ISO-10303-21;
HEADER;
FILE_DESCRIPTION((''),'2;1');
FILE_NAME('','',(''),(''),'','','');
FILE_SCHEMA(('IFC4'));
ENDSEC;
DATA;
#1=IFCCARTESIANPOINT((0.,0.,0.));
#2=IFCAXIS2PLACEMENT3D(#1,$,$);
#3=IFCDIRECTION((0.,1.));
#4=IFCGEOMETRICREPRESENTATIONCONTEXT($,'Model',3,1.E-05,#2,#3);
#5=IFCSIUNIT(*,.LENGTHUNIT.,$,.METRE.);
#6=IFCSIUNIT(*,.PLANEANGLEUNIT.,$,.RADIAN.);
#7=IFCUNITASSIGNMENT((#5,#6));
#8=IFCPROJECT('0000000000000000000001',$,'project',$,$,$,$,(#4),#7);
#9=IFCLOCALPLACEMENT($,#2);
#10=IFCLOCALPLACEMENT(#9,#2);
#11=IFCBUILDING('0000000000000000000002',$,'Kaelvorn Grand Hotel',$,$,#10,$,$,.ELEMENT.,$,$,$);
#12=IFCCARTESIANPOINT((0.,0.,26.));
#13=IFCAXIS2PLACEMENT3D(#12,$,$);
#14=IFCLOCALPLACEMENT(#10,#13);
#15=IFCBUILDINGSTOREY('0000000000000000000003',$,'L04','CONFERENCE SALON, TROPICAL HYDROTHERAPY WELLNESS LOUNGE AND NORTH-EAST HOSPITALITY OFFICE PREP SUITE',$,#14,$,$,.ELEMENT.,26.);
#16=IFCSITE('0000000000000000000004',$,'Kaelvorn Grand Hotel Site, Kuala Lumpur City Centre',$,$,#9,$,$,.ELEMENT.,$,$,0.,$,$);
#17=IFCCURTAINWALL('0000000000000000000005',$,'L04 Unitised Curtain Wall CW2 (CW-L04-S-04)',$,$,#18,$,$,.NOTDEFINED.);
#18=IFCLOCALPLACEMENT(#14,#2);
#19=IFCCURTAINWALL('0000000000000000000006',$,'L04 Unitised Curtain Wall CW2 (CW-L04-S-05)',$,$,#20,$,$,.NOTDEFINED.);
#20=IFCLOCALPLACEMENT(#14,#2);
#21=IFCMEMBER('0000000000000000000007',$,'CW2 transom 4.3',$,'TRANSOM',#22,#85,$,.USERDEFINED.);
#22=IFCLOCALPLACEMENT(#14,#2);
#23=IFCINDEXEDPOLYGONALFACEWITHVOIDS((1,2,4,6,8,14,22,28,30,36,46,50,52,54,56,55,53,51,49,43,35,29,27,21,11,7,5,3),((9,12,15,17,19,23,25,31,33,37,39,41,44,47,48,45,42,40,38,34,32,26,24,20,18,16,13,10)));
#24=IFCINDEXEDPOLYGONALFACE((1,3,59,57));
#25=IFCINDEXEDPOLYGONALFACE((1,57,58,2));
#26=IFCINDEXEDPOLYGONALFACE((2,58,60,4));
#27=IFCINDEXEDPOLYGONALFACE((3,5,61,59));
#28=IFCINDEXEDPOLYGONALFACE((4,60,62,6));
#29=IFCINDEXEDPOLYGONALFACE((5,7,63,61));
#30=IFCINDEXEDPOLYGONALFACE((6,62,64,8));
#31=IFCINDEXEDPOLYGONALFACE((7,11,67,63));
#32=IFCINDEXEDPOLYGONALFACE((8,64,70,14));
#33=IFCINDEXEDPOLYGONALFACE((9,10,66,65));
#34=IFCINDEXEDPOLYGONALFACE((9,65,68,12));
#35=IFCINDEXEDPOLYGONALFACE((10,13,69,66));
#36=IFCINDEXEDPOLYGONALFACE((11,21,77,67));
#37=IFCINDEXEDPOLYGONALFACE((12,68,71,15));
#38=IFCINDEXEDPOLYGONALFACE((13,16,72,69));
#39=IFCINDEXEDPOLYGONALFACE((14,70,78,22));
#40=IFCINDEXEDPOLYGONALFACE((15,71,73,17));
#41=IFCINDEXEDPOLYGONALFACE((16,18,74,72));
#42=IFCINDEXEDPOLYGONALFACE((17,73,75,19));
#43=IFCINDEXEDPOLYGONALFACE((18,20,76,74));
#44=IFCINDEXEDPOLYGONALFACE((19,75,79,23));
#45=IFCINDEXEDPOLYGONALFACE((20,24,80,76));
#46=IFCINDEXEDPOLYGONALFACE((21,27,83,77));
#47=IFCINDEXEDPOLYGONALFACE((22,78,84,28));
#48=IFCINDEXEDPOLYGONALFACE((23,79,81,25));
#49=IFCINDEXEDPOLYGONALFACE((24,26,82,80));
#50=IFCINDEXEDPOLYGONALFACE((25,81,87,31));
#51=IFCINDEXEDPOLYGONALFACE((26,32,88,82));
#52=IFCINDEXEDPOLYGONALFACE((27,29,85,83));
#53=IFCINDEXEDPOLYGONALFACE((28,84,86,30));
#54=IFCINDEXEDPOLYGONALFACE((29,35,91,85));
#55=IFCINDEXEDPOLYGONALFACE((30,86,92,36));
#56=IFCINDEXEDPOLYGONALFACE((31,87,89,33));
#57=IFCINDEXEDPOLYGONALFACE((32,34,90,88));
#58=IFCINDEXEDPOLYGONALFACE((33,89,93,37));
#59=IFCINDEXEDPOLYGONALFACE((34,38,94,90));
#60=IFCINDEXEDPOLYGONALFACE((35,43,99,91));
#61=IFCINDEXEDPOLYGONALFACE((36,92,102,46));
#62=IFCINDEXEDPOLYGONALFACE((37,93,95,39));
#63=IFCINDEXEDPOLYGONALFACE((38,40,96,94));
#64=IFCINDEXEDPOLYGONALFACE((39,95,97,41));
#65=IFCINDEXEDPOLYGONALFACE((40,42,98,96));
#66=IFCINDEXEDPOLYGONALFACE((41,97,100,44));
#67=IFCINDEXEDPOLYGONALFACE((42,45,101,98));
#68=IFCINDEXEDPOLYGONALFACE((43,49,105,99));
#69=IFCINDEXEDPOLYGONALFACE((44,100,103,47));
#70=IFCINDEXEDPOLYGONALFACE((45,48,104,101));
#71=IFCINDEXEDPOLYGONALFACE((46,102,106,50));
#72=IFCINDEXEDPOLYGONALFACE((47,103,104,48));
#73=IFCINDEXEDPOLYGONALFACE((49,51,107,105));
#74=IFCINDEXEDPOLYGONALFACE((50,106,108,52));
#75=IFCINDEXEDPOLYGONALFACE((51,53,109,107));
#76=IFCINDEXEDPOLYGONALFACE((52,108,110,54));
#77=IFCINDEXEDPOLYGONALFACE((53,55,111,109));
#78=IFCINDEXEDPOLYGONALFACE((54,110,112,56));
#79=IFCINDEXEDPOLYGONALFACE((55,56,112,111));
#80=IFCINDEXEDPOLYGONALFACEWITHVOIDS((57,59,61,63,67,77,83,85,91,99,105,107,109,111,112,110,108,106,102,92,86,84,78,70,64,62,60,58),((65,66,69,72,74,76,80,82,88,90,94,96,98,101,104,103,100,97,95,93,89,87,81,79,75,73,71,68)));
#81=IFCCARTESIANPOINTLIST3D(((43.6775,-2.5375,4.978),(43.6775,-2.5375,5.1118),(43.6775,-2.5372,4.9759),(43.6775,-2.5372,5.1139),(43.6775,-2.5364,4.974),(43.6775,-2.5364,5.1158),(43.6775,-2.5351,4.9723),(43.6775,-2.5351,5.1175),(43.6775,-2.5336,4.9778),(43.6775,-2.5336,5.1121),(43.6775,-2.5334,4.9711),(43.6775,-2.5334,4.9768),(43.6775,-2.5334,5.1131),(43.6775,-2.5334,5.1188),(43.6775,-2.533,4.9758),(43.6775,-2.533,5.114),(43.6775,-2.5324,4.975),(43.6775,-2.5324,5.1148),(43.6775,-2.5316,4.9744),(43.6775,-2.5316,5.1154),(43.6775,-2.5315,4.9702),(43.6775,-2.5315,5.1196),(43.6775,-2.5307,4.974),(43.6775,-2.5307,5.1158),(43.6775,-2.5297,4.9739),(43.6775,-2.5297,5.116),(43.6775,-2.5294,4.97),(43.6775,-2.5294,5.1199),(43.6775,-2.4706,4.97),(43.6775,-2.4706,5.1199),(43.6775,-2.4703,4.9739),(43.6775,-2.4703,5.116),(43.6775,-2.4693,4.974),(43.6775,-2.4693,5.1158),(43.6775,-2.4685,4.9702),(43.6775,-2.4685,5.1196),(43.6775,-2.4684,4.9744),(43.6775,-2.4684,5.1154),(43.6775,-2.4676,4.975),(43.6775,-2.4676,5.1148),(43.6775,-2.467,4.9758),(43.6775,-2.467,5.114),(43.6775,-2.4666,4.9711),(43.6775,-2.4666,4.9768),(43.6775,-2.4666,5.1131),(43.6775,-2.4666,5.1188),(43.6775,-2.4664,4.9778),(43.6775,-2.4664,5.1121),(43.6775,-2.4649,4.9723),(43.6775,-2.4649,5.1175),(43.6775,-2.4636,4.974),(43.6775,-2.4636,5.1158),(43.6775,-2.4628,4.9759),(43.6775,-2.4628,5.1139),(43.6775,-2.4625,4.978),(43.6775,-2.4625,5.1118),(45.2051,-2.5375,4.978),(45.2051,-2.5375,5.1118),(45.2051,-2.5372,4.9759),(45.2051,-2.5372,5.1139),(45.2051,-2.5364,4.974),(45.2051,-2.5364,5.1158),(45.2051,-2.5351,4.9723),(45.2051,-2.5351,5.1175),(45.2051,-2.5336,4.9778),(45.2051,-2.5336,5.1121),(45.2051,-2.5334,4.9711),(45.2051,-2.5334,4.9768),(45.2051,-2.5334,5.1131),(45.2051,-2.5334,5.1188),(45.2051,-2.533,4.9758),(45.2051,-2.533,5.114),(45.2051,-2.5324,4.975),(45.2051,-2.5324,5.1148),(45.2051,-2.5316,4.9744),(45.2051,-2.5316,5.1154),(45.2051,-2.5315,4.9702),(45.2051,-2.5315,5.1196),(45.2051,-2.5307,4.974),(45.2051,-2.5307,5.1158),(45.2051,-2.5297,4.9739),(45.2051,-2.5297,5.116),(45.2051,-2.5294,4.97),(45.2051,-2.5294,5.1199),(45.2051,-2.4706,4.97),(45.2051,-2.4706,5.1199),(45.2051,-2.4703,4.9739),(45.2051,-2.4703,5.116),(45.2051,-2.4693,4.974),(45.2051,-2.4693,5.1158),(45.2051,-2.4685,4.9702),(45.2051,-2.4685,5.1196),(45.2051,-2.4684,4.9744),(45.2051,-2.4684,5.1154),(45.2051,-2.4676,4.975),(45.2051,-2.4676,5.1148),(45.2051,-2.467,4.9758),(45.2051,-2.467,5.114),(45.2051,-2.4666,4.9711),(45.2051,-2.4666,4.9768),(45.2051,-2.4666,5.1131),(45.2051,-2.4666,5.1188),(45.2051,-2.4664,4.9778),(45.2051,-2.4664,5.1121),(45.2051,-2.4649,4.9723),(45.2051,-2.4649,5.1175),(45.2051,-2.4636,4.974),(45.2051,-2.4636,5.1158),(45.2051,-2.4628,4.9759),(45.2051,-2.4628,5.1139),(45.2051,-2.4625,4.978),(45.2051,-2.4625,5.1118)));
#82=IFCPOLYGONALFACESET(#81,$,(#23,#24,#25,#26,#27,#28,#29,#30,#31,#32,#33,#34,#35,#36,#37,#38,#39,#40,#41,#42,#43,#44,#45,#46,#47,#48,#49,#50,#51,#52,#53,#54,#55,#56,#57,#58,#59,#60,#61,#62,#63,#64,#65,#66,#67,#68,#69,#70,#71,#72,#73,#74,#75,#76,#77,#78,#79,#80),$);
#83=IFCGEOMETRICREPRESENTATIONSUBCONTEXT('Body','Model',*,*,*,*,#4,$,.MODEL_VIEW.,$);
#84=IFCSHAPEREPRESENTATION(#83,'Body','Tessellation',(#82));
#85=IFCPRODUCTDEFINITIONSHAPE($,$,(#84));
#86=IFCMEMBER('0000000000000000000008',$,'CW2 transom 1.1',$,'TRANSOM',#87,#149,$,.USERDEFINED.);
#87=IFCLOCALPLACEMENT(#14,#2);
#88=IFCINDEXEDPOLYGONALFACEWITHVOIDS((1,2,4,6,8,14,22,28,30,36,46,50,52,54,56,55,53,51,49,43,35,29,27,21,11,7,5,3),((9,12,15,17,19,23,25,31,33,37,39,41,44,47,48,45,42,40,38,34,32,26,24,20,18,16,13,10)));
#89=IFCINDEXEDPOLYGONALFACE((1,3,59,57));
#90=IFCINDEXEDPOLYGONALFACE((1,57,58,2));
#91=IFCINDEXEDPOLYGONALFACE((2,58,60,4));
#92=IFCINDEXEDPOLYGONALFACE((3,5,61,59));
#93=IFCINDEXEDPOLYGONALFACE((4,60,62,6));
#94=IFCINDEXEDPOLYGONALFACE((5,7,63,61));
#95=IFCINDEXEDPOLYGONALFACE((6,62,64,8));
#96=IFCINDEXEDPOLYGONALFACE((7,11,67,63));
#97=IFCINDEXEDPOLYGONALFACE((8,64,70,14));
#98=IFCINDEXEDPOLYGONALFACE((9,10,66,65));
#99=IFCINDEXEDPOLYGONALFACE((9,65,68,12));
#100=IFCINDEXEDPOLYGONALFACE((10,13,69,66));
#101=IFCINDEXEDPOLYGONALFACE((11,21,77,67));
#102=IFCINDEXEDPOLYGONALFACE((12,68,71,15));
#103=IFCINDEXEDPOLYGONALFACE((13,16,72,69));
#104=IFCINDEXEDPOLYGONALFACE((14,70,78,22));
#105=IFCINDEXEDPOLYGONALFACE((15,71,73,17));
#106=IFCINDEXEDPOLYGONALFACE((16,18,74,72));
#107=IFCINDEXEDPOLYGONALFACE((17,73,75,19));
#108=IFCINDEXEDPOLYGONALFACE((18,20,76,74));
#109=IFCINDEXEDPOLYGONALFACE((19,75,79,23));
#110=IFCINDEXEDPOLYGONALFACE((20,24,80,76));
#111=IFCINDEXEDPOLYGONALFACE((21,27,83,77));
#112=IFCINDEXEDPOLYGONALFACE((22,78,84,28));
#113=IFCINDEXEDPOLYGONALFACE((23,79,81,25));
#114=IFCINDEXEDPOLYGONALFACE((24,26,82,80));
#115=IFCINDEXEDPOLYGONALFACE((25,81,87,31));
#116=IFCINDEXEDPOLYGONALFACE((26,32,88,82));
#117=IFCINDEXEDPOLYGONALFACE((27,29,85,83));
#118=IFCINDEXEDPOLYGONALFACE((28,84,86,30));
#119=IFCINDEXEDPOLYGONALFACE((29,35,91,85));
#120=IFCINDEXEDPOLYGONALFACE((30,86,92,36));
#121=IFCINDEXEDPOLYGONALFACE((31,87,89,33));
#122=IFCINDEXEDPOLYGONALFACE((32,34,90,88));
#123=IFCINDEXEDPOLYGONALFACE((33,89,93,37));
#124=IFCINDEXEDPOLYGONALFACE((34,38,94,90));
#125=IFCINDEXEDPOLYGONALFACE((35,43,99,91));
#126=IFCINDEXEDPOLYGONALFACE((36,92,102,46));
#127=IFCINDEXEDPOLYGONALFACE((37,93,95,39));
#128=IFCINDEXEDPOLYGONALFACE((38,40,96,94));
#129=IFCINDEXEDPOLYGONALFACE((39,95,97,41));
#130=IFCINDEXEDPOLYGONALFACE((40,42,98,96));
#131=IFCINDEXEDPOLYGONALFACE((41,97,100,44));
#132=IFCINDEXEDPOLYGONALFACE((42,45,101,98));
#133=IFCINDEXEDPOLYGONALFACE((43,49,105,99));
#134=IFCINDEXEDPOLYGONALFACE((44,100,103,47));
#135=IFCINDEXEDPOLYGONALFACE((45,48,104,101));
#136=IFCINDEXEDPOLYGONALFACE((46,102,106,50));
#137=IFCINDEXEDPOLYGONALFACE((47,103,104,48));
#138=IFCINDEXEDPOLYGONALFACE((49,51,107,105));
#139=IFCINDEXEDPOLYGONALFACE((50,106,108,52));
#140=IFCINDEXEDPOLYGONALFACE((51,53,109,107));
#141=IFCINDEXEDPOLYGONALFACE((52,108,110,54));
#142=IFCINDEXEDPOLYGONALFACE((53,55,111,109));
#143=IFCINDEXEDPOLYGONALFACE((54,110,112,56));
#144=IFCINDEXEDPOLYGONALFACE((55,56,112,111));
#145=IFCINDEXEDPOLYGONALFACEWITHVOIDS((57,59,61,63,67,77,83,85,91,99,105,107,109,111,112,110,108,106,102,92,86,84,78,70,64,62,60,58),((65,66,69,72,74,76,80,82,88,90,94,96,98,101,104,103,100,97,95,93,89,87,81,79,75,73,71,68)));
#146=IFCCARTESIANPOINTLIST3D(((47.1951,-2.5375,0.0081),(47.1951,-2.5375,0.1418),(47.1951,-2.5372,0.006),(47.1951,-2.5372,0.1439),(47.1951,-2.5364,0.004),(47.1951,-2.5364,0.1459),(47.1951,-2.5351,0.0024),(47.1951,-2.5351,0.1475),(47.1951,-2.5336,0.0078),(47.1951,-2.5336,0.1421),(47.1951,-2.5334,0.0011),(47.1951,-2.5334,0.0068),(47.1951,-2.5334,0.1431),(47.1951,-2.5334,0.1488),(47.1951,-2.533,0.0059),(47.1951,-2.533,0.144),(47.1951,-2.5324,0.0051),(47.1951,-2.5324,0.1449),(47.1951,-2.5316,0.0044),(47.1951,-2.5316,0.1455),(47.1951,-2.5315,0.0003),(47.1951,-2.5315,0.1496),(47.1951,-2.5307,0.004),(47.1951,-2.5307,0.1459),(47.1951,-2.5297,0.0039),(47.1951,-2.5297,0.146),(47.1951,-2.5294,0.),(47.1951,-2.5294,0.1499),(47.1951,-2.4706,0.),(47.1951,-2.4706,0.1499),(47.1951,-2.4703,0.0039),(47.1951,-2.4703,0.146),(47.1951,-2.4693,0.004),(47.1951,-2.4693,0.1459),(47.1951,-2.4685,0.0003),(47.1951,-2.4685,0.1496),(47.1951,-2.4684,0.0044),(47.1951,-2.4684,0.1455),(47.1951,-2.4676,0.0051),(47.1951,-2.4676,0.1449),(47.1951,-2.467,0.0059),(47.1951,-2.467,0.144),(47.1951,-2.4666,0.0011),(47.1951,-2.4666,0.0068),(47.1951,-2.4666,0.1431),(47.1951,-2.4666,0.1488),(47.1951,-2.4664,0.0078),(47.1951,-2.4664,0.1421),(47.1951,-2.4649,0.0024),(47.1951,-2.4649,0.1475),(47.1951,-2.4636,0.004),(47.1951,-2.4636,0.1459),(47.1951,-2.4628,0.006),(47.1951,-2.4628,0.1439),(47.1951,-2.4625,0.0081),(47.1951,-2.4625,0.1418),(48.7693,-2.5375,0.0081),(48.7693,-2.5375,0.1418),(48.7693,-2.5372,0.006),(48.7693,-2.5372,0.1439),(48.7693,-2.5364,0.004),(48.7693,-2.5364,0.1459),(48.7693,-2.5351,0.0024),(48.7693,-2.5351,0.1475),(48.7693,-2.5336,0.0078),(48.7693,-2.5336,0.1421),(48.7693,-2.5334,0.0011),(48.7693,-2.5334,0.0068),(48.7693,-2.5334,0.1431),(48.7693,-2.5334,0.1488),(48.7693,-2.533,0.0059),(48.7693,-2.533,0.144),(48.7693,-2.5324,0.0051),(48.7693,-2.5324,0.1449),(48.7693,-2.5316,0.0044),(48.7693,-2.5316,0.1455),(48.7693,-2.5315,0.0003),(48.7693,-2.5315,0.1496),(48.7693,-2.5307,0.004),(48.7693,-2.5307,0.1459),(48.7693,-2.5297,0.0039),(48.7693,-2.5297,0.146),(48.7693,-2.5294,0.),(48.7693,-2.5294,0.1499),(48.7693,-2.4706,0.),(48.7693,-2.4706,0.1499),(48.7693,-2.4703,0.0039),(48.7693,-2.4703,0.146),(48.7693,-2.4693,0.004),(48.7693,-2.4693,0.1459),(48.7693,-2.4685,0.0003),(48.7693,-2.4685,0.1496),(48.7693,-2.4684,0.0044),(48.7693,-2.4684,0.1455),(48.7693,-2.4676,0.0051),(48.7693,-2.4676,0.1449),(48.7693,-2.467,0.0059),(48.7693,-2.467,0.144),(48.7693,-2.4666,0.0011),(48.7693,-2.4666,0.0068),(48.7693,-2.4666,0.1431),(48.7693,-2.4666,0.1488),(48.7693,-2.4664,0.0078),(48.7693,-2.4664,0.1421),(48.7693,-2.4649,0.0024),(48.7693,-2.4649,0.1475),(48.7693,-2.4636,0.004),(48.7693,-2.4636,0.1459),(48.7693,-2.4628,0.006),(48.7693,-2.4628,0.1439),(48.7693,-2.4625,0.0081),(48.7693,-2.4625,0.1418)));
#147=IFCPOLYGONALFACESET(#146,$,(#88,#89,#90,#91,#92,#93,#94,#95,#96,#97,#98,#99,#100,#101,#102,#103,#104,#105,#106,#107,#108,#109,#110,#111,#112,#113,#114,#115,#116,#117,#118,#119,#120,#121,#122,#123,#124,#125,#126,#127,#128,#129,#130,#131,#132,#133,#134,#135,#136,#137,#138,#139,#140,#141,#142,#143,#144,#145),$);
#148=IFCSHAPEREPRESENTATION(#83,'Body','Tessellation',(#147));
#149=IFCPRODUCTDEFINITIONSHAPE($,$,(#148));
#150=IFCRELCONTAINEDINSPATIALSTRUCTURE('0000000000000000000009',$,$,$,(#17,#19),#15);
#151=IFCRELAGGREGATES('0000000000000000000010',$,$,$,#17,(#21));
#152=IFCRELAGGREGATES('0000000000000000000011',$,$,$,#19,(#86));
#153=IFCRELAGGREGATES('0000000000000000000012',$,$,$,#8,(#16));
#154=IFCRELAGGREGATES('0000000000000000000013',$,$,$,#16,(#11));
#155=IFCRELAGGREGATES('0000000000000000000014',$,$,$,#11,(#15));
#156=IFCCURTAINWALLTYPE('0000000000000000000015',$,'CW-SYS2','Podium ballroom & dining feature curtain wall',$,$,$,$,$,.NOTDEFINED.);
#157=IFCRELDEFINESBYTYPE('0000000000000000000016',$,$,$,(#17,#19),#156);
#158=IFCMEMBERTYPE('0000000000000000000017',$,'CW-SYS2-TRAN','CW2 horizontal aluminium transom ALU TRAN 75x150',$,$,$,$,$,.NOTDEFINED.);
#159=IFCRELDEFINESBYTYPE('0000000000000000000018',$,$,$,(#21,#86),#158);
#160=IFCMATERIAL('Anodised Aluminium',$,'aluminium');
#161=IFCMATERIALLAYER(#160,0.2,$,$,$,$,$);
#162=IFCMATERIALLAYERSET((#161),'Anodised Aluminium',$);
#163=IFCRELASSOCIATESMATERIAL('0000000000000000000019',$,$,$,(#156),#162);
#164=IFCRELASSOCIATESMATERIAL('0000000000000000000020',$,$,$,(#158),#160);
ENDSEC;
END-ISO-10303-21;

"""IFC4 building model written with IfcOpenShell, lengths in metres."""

from ifc_helpers import new_model, si_unit, direction, frame, origin, origin_2d, place, context, subcontext, project, spatial, hollow_rectangle, extrude, material, layer, layer_set, material_profile, profile_set, type_object, element, aggregate, save


model = new_model("IFC4")

# Units and contexts
model_context = context("Model", 3, precision=1e-05, world=origin(), true_north=direction((0.0, 1.0)))
body_context = subcontext(model_context, "Body", "Model", "MODEL_VIEW")
ifc_project = project(units=[si_unit("LENGTHUNIT", "METRE"), si_unit("PLANEANGLEUNIT", "RADIAN")], contexts=[model_context])

# Site, building, storey
site_placement = place(None, origin())
site = spatial("IfcSite", under=ifc_project, at=site_placement, Name="Kaelvorn Grand Hotel Site, Kuala Lumpur City Centre", CompositionType="ELEMENT", RefElevation=0.0)
building_placement = place(site_placement, origin())
building = spatial("IfcBuilding", under=site, at=building_placement, Name="Kaelvorn Grand Hotel", CompositionType="ELEMENT")
storey_placement = place(building_placement, frame((0.0, 0.0, 26.0)))
storey = spatial("IfcBuildingStorey", under=building, at=storey_placement, Name="L04", Description="CONFERENCE SALON, TROPICAL HYDROTHERAPY WELLNESS LOUNGE AND NORTH-EAST HOSPITALITY OFFICE PREP SUITE", CompositionType="ELEMENT", Elevation=26.0)

# Curtain walls
ifc_material_1 = material(Name="Anodised Aluminium", Category="aluminium")
ifc_layer_1 = layer(ifc_material_1, 0.2)
ifc_layer_set_1 = layer_set([ifc_layer_1], Name="Anodised Aluminium")
curtain_wall_type = type_object("IfcCurtainWallType", Name="CW-SYS2", Description="Podium ballroom & dining feature curtain wall", PredefinedType="NOTDEFINED", material=ifc_layer_set_1)
curtain_wall_1_placement = place(storey_placement, origin())
curtain_wall_1 = element("IfcCurtainWall", 1, at=curtain_wall_1_placement, inside=storey, type_object=curtain_wall_type, Name="L04 Unitised Curtain Wall CW2 (CW-L04-S-04)", PredefinedType="NOTDEFINED")
curtain_wall_2_placement = place(storey_placement, origin())
curtain_wall_2 = element("IfcCurtainWall", 2, at=curtain_wall_2_placement, inside=storey, type_object=curtain_wall_type, Name="L04 Unitised Curtain Wall CW2 (CW-L04-S-05)", PredefinedType="NOTDEFINED")

# Members
ifc_material_profile_1 = material_profile(ifc_material_1, hollow_rectangle(XDim=0.075, YDim=0.1499, WallThickness=0.0039, InnerFilletRadius=0.0039, OuterFilletRadius=0.0081, at=origin_2d()), Name="ALU TRAN 75x150")
ifc_profile_set_1 = profile_set([ifc_material_profile_1], Name="Anodised Aluminium")
member_type_1 = type_object("IfcMemberType", Name="CW-SYS2-TRAN", Description="CW2 horizontal aluminium transom ALU TRAN 75x150", PredefinedType="NOTDEFINED", material=ifc_profile_set_1)
member_1_placement = place(storey_placement, frame((43.6775, -2.5, 5.0449), z_axis=(1.0, 0.0, 0.0), x_axis=(0.0, 1.0, 0.0)))
member_1 = element("IfcMember", 3, at=member_1_placement, type_object=member_type_1, Name="CW2 transom 4.3", ObjectType="TRANSOM", PredefinedType="USERDEFINED", context=body_context, shape_type="SweptSolid", body=[
    extrude(hollow_rectangle(XDim=0.075, YDim=0.1499, WallThickness=0.0039, InnerFilletRadius=0.0039, OuterFilletRadius=0.0081, at=origin_2d()), origin(), (0.0, 0.0, 1.0), 1.5276),
])
member_2_placement = place(storey_placement, frame((47.1951, -2.5, 0.075), z_axis=(1.0, 0.0, 0.0), x_axis=(0.0, 1.0, 0.0)))
member_2 = element("IfcMember", 4, at=member_2_placement, type_object=member_type_1, Name="CW2 transom 1.1", ObjectType="TRANSOM", PredefinedType="USERDEFINED", context=body_context, shape_type="SweptSolid", body=[
    extrude(hollow_rectangle(XDim=0.075, YDim=0.1499, WallThickness=0.0039, InnerFilletRadius=0.0039, OuterFilletRadius=0.0081, at=origin_2d()), origin(), (0.0, 0.0, 1.0), 1.5742),
])

aggregate(curtain_wall_1, [member_1])
aggregate(curtain_wall_2, [member_2])

save(model, "model.ifc")
